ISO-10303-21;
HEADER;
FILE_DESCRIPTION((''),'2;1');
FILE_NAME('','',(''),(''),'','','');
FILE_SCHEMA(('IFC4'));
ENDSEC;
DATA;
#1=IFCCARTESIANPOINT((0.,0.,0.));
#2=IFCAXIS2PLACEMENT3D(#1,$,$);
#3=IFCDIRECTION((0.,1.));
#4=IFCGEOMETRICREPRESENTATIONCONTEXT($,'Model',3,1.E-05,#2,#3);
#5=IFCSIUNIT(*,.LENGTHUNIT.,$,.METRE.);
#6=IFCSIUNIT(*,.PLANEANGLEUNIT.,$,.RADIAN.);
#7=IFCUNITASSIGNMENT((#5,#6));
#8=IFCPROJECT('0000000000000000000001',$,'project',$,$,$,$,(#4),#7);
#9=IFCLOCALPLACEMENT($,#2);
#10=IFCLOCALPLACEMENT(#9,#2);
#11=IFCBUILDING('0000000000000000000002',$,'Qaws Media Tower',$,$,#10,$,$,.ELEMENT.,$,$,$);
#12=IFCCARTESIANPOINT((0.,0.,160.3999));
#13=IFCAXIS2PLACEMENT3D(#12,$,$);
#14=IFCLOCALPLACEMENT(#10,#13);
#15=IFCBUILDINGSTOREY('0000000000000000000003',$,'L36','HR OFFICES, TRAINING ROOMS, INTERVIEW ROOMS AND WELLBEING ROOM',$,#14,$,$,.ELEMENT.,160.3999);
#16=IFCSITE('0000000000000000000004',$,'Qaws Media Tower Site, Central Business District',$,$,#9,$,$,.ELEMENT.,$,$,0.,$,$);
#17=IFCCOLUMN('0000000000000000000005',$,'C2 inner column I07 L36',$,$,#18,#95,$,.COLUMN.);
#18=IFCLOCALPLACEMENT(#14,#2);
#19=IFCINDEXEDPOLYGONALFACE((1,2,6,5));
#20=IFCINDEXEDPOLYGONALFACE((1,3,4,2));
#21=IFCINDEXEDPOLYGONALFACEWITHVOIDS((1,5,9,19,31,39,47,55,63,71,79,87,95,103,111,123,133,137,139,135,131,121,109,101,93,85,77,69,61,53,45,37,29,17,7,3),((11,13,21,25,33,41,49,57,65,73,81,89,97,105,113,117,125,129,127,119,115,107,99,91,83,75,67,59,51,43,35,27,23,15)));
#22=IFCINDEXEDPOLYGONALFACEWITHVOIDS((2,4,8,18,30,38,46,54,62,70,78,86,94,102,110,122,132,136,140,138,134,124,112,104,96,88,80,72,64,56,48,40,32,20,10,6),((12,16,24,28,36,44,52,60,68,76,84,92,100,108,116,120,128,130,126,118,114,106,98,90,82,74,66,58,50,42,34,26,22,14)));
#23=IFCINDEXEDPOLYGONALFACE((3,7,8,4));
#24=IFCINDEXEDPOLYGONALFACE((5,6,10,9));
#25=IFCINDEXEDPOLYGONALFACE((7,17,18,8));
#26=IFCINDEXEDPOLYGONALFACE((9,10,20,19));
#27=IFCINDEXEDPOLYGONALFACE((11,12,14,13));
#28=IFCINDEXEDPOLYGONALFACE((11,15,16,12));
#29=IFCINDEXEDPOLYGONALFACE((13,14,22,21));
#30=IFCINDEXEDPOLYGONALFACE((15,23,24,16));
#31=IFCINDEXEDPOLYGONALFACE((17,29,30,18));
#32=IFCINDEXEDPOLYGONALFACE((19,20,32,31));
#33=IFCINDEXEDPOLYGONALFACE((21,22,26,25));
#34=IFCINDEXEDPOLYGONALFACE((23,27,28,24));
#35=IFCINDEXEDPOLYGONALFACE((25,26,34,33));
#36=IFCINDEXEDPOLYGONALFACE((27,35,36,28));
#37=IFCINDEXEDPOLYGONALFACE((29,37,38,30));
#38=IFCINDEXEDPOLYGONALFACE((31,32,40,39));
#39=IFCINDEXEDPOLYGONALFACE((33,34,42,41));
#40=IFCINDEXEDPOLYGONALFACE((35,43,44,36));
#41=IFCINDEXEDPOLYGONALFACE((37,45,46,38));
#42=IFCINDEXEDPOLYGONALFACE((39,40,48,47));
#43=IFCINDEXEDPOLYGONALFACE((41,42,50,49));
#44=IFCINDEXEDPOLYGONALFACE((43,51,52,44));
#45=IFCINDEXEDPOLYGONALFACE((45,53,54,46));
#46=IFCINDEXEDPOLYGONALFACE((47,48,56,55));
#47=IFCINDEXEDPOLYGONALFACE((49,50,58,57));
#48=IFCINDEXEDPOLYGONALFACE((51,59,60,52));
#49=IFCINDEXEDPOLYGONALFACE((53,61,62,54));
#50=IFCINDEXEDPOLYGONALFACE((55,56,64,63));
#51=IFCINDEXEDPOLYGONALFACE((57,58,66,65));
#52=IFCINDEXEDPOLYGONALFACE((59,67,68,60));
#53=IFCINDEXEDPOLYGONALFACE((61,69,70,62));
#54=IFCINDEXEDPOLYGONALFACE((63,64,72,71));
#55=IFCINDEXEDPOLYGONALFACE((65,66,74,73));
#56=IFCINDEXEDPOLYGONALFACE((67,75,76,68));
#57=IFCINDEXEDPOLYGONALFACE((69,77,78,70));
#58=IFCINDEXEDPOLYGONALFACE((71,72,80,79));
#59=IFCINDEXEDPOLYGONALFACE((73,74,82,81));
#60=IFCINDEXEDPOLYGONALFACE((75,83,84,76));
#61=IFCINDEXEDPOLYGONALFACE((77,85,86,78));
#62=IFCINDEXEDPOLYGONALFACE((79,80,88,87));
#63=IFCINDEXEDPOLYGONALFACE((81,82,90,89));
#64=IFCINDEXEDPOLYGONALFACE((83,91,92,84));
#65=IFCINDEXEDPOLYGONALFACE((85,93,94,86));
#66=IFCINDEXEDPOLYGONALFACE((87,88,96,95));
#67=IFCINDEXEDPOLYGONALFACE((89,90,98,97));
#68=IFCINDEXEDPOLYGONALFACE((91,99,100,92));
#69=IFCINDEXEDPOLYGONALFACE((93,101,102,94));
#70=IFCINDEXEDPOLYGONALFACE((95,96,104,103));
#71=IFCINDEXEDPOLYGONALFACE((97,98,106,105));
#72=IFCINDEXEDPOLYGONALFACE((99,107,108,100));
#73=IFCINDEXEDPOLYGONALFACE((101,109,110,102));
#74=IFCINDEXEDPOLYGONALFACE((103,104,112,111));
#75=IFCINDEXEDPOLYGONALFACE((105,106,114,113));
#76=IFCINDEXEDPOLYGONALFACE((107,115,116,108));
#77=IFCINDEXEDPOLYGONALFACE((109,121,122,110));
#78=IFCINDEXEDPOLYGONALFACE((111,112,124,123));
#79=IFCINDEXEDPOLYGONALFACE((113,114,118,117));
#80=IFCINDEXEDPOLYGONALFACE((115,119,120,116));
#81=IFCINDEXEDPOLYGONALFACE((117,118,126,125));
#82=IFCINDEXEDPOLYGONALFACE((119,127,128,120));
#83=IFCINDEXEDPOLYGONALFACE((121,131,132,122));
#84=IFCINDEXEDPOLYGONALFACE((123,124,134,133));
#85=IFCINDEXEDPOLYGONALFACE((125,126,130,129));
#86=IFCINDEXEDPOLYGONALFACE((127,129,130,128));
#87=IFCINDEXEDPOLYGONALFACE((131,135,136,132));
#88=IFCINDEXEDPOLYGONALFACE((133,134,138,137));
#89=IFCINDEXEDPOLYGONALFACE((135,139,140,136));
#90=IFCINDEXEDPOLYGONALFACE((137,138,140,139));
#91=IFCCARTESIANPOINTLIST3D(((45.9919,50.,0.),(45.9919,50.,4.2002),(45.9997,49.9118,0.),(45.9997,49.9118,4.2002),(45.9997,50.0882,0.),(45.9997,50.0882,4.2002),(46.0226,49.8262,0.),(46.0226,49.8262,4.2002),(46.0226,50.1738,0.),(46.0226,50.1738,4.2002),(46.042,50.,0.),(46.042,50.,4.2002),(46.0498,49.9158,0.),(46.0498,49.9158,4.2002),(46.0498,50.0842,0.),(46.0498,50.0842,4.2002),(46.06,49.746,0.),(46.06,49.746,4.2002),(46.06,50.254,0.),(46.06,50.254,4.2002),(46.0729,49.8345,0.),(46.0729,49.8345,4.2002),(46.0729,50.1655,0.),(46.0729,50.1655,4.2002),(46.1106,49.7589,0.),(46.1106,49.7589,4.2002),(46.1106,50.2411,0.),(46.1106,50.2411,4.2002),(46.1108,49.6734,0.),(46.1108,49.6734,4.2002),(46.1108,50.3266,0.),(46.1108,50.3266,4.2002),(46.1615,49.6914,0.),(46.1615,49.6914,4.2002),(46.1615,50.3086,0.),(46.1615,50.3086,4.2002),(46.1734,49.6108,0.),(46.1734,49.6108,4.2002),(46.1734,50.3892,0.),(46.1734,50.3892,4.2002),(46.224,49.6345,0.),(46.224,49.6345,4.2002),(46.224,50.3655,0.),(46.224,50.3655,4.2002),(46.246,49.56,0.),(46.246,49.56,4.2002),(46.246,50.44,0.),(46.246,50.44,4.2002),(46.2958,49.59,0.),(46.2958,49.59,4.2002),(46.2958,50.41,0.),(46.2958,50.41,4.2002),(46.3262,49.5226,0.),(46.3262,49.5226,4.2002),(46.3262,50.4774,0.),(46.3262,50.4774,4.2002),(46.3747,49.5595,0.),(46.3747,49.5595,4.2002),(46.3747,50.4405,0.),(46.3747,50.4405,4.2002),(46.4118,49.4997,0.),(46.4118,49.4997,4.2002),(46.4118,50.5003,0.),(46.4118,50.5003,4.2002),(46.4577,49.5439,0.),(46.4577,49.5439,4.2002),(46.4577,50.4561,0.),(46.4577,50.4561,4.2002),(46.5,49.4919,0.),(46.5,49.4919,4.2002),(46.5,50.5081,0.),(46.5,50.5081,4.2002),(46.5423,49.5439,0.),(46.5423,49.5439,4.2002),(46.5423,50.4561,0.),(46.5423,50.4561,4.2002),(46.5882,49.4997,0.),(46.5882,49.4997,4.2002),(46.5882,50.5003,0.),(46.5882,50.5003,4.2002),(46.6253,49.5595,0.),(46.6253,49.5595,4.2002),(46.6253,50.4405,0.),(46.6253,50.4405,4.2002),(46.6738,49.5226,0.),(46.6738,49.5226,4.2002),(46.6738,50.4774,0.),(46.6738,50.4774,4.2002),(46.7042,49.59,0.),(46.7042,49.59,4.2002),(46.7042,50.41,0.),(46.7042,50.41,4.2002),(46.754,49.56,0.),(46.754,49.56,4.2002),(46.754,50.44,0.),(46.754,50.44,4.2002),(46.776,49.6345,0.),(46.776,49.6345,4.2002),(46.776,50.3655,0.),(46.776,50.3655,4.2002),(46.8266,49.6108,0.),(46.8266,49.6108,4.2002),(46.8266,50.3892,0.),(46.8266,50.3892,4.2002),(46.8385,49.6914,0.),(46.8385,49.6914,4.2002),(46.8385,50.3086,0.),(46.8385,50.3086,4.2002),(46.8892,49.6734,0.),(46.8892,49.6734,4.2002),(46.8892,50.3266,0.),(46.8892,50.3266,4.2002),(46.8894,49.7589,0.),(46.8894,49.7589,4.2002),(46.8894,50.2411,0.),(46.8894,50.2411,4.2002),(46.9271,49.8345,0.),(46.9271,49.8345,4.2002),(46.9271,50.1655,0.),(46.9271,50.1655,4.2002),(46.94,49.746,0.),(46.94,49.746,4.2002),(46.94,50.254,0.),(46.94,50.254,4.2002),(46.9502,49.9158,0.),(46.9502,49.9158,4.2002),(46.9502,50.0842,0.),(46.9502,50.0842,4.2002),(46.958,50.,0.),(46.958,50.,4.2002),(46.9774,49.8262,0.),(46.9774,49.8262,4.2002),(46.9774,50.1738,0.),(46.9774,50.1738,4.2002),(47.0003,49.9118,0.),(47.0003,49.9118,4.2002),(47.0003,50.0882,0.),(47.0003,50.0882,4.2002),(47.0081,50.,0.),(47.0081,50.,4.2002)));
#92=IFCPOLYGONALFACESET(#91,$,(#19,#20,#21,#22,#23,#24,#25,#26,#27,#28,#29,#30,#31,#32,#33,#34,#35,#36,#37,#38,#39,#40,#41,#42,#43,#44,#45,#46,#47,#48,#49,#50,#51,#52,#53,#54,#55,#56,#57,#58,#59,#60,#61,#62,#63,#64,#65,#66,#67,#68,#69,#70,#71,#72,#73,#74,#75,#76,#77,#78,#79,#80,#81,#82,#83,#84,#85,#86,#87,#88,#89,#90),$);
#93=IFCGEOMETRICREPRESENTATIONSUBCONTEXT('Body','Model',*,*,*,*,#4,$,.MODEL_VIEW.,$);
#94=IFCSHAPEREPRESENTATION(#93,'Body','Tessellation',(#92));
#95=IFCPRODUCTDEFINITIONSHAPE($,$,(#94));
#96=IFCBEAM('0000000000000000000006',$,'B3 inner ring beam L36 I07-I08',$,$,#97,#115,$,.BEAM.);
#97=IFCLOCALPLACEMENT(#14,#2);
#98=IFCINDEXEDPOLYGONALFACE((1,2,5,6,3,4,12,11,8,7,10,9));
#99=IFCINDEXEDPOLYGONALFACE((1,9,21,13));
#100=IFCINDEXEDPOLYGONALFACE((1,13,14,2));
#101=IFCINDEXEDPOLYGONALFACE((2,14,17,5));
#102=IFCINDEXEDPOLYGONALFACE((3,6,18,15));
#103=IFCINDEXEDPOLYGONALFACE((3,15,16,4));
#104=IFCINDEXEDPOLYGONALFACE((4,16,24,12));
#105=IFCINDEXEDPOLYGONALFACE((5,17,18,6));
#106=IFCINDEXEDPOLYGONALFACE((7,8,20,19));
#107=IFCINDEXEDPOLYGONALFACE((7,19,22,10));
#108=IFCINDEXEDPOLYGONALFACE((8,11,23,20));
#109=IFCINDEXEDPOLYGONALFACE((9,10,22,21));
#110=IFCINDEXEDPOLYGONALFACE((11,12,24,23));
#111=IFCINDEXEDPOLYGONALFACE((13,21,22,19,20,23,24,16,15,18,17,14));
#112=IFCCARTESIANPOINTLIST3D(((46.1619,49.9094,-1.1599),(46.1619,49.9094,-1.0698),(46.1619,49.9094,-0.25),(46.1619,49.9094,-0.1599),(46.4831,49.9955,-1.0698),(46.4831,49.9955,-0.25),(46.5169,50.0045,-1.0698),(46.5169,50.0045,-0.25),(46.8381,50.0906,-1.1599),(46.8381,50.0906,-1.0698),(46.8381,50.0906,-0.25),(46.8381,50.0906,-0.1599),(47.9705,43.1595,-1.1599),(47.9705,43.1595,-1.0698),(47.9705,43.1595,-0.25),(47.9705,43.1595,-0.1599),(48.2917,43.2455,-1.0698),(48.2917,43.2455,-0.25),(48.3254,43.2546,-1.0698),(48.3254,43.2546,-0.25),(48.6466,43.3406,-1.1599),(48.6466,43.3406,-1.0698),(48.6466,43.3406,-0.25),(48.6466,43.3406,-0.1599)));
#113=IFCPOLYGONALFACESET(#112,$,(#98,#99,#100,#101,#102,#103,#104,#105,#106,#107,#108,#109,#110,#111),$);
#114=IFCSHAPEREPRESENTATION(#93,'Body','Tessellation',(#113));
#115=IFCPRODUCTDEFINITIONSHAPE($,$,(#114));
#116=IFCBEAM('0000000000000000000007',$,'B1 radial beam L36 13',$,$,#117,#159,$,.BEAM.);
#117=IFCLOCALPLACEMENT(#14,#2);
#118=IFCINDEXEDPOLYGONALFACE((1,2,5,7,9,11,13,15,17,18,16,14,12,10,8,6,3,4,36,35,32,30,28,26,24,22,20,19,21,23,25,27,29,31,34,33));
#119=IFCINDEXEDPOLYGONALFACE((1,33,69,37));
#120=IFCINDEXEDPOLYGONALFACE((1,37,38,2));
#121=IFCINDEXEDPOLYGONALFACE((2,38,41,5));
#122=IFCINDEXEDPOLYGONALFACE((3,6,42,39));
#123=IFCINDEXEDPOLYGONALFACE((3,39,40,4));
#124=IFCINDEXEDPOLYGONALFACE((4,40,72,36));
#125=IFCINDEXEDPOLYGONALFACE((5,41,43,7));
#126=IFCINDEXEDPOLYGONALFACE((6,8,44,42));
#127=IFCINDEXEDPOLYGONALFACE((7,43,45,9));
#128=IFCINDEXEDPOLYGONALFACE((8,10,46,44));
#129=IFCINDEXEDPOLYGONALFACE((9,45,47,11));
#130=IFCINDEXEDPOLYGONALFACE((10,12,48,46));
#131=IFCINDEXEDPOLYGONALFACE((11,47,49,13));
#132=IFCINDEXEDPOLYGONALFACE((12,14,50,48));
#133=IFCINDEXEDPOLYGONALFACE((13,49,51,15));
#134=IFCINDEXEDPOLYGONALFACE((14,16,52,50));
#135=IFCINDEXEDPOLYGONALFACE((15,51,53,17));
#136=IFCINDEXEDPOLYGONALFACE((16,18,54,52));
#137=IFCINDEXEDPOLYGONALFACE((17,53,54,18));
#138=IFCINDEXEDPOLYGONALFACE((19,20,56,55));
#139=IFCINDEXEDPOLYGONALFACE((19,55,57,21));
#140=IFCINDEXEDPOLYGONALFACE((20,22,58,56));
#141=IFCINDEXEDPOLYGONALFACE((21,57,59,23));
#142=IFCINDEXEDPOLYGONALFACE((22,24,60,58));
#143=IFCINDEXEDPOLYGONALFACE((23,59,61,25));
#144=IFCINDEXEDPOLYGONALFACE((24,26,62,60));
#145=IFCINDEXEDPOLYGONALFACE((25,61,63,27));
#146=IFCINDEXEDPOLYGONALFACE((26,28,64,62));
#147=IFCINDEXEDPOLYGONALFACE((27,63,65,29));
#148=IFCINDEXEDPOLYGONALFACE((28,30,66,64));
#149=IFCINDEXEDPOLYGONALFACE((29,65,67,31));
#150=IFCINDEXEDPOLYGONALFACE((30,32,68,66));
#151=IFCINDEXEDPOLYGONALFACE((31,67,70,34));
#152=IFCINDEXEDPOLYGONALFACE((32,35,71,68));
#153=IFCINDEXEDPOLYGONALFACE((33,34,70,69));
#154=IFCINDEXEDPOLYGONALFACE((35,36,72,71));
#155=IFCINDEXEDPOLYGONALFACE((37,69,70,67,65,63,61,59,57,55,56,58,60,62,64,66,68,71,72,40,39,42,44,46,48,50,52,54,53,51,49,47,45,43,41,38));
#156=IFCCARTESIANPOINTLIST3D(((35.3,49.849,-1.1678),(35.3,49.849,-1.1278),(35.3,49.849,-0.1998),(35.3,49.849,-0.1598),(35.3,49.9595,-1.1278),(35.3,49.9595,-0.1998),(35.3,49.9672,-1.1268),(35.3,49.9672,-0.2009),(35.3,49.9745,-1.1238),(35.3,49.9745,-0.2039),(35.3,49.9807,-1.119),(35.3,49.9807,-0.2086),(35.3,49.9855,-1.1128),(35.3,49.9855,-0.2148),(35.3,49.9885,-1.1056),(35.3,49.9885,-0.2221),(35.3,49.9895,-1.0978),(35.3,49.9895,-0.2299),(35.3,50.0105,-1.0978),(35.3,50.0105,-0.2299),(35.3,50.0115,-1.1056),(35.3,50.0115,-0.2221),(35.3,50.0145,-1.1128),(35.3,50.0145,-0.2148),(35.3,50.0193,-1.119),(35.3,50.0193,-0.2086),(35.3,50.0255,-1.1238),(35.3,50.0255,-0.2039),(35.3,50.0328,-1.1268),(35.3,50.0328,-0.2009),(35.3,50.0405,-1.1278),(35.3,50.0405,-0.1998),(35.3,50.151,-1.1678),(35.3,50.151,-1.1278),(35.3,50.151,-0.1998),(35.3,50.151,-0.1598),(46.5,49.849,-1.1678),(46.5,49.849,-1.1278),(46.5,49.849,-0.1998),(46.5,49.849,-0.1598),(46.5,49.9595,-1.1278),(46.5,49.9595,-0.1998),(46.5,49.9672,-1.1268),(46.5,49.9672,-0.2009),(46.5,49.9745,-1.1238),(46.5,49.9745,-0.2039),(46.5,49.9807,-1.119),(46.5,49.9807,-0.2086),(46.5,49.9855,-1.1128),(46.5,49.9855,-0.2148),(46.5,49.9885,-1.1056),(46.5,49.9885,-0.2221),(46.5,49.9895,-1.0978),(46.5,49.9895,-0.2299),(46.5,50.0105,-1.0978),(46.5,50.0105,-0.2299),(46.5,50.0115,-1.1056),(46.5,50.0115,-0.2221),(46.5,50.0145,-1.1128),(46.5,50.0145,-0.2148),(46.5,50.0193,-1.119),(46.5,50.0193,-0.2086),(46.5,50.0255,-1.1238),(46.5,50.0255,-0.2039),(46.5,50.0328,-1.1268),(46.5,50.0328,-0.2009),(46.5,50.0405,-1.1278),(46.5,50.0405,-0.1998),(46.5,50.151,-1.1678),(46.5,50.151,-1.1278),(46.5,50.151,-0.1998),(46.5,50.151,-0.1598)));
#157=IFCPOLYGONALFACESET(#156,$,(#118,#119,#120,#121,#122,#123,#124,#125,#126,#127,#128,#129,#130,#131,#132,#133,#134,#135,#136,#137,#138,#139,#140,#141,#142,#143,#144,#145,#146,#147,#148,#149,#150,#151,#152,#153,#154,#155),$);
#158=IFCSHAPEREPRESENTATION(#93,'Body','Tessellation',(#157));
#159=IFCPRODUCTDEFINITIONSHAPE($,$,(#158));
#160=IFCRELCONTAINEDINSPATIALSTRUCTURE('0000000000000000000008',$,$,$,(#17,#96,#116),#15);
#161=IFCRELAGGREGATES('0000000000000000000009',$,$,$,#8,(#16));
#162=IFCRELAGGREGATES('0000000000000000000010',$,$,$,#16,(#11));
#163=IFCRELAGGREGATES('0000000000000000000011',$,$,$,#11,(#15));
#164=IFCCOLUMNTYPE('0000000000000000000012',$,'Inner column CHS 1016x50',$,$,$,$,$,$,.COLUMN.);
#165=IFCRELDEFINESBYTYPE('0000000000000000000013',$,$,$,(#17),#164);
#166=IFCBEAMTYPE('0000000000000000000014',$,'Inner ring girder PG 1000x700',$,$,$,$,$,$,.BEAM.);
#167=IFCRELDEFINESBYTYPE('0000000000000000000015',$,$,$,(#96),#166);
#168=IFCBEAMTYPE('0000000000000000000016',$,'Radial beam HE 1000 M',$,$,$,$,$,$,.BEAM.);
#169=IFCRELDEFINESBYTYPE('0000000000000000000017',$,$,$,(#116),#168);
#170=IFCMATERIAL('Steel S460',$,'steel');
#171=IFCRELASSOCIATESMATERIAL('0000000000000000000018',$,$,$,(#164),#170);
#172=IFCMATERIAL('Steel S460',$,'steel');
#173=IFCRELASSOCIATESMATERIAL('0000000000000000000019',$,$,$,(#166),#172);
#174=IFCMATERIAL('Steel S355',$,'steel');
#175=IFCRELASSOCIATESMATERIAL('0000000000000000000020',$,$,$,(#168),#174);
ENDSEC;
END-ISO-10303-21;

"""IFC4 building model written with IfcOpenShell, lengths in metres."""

from ifc_helpers import new_model, si_unit, direction, frame, origin, origin_2d, place, context, subcontext, project, spatial, hollow_circle, i_section, extrude, material, material_profile, profile_set, type_object, element, save


model = new_model("IFC4")

# Units and contexts
model_context = context("Model", 3, precision=1e-05, world=origin(), true_north=direction((0.0, 1.0)))
body_context = subcontext(model_context, "Body", "Model", "MODEL_VIEW")
ifc_project = project(units=[si_unit("LENGTHUNIT", "METRE"), si_unit("PLANEANGLEUNIT", "RADIAN")], contexts=[model_context])

# Site, building, storey
site_placement = place(None, origin())
site = spatial("IfcSite", under=ifc_project, at=site_placement, Name="Qaws Media Tower Site, Central Business District", CompositionType="ELEMENT", RefElevation=0.0)
building_placement = place(site_placement, origin())
building = spatial("IfcBuilding", under=site, at=building_placement, Name="Qaws Media Tower", CompositionType="ELEMENT")
storey_placement = place(building_placement, frame((0.0, 0.0, 160.3999)))
storey = spatial("IfcBuildingStorey", under=building, at=storey_placement, Name="L36", Description="HR OFFICES, TRAINING ROOMS, INTERVIEW ROOMS AND WELLBEING ROOM", CompositionType="ELEMENT", Elevation=160.3999)

# Column
ifc_material_1 = material(Name="Steel S460", Category="steel")
ifc_material_profile_1 = material_profile(ifc_material_1, hollow_circle(Radius=0.5081, WallThickness=0.05, at=origin_2d()), Name="CHS 1016x50")
ifc_profile_set_1 = profile_set([ifc_material_profile_1], Name="Steel S460")
column_type = type_object("IfcColumnType", Name="Inner column CHS 1016x50", PredefinedType="COLUMN", material=ifc_profile_set_1)
column_placement = place(storey_placement, frame((46.5, 50.0, 0.0), z_axis=(0.0, 0.0, 1.0), x_axis=(1.0, 0.0, 0.0)))
element("IfcColumn", 1, at=column_placement, inside=storey, type_object=column_type, Name="C2 inner column I07 L36", PredefinedType="COLUMN", context=body_context, shape_type="SweptSolid", body=[
    extrude(hollow_circle(Radius=0.5081, WallThickness=0.05, at=origin_2d()), origin(), (0.0, 0.0, 1.0), 4.2002),
])

# Beams
ifc_material_2 = material(Name="Steel S460", Category="steel")
ifc_material_profile_2 = material_profile(ifc_material_2, i_section(OverallWidth=0.7, OverallDepth=1.0, WebThickness=0.0349, FlangeThickness=0.0901, at=origin_2d()), Name="PG 1000x700")
ifc_profile_set_2 = profile_set([ifc_material_profile_2], Name="Steel S460")
beam_type_1 = type_object("IfcBeamType", Name="Inner ring girder PG 1000x700", PredefinedType="BEAM", material=ifc_profile_set_2)
beam_1_placement = place(storey_placement, frame((46.5, 50.0, -0.6599), z_axis=(0.258811, -0.965928, 0.0), x_axis=(0.965928, 0.258811, 0.0)))
element("IfcBeam", 2, at=beam_1_placement, inside=storey, type_object=beam_type_1, Name="B3 inner ring beam L36 I07-I08", PredefinedType="BEAM", context=body_context, shape_type="SweptSolid", body=[
    extrude(i_section(OverallWidth=0.7, OverallDepth=1.0, WebThickness=0.0349, FlangeThickness=0.0901, at=origin_2d()), origin(), (0.0, 0.0, 1.0), 6.988),
])
ifc_material_3 = material(Name="Steel S355", Category="steel")
ifc_material_profile_3 = material_profile(ifc_material_3, i_section(OverallWidth=0.302, OverallDepth=1.0081, WebThickness=0.021, FlangeThickness=0.04, FilletRadius=0.03, at=origin_2d()), Name="HE 1000 M")
ifc_profile_set_3 = profile_set([ifc_material_profile_3], Name="Steel S355")
beam_type_2 = type_object("IfcBeamType", Name="Radial beam HE 1000 M", PredefinedType="BEAM", material=ifc_profile_set_3)
beam_2_placement = place(storey_placement, frame((46.5, 50.0, -0.6638), z_axis=(-1.0, 0.0, 0.0), x_axis=(0.0, -1.0, 0.0)))
element("IfcBeam", 3, at=beam_2_placement, inside=storey, type_object=beam_type_2, Name="B1 radial beam L36 13", PredefinedType="BEAM", context=body_context, shape_type="SweptSolid", body=[
    extrude(i_section(OverallWidth=0.302, OverallDepth=1.0081, WebThickness=0.021, FlangeThickness=0.04, FilletRadius=0.03, at=origin_2d()), origin(), (0.0, 0.0, 1.0), 11.2),
])

save(model, "model.ifc")
